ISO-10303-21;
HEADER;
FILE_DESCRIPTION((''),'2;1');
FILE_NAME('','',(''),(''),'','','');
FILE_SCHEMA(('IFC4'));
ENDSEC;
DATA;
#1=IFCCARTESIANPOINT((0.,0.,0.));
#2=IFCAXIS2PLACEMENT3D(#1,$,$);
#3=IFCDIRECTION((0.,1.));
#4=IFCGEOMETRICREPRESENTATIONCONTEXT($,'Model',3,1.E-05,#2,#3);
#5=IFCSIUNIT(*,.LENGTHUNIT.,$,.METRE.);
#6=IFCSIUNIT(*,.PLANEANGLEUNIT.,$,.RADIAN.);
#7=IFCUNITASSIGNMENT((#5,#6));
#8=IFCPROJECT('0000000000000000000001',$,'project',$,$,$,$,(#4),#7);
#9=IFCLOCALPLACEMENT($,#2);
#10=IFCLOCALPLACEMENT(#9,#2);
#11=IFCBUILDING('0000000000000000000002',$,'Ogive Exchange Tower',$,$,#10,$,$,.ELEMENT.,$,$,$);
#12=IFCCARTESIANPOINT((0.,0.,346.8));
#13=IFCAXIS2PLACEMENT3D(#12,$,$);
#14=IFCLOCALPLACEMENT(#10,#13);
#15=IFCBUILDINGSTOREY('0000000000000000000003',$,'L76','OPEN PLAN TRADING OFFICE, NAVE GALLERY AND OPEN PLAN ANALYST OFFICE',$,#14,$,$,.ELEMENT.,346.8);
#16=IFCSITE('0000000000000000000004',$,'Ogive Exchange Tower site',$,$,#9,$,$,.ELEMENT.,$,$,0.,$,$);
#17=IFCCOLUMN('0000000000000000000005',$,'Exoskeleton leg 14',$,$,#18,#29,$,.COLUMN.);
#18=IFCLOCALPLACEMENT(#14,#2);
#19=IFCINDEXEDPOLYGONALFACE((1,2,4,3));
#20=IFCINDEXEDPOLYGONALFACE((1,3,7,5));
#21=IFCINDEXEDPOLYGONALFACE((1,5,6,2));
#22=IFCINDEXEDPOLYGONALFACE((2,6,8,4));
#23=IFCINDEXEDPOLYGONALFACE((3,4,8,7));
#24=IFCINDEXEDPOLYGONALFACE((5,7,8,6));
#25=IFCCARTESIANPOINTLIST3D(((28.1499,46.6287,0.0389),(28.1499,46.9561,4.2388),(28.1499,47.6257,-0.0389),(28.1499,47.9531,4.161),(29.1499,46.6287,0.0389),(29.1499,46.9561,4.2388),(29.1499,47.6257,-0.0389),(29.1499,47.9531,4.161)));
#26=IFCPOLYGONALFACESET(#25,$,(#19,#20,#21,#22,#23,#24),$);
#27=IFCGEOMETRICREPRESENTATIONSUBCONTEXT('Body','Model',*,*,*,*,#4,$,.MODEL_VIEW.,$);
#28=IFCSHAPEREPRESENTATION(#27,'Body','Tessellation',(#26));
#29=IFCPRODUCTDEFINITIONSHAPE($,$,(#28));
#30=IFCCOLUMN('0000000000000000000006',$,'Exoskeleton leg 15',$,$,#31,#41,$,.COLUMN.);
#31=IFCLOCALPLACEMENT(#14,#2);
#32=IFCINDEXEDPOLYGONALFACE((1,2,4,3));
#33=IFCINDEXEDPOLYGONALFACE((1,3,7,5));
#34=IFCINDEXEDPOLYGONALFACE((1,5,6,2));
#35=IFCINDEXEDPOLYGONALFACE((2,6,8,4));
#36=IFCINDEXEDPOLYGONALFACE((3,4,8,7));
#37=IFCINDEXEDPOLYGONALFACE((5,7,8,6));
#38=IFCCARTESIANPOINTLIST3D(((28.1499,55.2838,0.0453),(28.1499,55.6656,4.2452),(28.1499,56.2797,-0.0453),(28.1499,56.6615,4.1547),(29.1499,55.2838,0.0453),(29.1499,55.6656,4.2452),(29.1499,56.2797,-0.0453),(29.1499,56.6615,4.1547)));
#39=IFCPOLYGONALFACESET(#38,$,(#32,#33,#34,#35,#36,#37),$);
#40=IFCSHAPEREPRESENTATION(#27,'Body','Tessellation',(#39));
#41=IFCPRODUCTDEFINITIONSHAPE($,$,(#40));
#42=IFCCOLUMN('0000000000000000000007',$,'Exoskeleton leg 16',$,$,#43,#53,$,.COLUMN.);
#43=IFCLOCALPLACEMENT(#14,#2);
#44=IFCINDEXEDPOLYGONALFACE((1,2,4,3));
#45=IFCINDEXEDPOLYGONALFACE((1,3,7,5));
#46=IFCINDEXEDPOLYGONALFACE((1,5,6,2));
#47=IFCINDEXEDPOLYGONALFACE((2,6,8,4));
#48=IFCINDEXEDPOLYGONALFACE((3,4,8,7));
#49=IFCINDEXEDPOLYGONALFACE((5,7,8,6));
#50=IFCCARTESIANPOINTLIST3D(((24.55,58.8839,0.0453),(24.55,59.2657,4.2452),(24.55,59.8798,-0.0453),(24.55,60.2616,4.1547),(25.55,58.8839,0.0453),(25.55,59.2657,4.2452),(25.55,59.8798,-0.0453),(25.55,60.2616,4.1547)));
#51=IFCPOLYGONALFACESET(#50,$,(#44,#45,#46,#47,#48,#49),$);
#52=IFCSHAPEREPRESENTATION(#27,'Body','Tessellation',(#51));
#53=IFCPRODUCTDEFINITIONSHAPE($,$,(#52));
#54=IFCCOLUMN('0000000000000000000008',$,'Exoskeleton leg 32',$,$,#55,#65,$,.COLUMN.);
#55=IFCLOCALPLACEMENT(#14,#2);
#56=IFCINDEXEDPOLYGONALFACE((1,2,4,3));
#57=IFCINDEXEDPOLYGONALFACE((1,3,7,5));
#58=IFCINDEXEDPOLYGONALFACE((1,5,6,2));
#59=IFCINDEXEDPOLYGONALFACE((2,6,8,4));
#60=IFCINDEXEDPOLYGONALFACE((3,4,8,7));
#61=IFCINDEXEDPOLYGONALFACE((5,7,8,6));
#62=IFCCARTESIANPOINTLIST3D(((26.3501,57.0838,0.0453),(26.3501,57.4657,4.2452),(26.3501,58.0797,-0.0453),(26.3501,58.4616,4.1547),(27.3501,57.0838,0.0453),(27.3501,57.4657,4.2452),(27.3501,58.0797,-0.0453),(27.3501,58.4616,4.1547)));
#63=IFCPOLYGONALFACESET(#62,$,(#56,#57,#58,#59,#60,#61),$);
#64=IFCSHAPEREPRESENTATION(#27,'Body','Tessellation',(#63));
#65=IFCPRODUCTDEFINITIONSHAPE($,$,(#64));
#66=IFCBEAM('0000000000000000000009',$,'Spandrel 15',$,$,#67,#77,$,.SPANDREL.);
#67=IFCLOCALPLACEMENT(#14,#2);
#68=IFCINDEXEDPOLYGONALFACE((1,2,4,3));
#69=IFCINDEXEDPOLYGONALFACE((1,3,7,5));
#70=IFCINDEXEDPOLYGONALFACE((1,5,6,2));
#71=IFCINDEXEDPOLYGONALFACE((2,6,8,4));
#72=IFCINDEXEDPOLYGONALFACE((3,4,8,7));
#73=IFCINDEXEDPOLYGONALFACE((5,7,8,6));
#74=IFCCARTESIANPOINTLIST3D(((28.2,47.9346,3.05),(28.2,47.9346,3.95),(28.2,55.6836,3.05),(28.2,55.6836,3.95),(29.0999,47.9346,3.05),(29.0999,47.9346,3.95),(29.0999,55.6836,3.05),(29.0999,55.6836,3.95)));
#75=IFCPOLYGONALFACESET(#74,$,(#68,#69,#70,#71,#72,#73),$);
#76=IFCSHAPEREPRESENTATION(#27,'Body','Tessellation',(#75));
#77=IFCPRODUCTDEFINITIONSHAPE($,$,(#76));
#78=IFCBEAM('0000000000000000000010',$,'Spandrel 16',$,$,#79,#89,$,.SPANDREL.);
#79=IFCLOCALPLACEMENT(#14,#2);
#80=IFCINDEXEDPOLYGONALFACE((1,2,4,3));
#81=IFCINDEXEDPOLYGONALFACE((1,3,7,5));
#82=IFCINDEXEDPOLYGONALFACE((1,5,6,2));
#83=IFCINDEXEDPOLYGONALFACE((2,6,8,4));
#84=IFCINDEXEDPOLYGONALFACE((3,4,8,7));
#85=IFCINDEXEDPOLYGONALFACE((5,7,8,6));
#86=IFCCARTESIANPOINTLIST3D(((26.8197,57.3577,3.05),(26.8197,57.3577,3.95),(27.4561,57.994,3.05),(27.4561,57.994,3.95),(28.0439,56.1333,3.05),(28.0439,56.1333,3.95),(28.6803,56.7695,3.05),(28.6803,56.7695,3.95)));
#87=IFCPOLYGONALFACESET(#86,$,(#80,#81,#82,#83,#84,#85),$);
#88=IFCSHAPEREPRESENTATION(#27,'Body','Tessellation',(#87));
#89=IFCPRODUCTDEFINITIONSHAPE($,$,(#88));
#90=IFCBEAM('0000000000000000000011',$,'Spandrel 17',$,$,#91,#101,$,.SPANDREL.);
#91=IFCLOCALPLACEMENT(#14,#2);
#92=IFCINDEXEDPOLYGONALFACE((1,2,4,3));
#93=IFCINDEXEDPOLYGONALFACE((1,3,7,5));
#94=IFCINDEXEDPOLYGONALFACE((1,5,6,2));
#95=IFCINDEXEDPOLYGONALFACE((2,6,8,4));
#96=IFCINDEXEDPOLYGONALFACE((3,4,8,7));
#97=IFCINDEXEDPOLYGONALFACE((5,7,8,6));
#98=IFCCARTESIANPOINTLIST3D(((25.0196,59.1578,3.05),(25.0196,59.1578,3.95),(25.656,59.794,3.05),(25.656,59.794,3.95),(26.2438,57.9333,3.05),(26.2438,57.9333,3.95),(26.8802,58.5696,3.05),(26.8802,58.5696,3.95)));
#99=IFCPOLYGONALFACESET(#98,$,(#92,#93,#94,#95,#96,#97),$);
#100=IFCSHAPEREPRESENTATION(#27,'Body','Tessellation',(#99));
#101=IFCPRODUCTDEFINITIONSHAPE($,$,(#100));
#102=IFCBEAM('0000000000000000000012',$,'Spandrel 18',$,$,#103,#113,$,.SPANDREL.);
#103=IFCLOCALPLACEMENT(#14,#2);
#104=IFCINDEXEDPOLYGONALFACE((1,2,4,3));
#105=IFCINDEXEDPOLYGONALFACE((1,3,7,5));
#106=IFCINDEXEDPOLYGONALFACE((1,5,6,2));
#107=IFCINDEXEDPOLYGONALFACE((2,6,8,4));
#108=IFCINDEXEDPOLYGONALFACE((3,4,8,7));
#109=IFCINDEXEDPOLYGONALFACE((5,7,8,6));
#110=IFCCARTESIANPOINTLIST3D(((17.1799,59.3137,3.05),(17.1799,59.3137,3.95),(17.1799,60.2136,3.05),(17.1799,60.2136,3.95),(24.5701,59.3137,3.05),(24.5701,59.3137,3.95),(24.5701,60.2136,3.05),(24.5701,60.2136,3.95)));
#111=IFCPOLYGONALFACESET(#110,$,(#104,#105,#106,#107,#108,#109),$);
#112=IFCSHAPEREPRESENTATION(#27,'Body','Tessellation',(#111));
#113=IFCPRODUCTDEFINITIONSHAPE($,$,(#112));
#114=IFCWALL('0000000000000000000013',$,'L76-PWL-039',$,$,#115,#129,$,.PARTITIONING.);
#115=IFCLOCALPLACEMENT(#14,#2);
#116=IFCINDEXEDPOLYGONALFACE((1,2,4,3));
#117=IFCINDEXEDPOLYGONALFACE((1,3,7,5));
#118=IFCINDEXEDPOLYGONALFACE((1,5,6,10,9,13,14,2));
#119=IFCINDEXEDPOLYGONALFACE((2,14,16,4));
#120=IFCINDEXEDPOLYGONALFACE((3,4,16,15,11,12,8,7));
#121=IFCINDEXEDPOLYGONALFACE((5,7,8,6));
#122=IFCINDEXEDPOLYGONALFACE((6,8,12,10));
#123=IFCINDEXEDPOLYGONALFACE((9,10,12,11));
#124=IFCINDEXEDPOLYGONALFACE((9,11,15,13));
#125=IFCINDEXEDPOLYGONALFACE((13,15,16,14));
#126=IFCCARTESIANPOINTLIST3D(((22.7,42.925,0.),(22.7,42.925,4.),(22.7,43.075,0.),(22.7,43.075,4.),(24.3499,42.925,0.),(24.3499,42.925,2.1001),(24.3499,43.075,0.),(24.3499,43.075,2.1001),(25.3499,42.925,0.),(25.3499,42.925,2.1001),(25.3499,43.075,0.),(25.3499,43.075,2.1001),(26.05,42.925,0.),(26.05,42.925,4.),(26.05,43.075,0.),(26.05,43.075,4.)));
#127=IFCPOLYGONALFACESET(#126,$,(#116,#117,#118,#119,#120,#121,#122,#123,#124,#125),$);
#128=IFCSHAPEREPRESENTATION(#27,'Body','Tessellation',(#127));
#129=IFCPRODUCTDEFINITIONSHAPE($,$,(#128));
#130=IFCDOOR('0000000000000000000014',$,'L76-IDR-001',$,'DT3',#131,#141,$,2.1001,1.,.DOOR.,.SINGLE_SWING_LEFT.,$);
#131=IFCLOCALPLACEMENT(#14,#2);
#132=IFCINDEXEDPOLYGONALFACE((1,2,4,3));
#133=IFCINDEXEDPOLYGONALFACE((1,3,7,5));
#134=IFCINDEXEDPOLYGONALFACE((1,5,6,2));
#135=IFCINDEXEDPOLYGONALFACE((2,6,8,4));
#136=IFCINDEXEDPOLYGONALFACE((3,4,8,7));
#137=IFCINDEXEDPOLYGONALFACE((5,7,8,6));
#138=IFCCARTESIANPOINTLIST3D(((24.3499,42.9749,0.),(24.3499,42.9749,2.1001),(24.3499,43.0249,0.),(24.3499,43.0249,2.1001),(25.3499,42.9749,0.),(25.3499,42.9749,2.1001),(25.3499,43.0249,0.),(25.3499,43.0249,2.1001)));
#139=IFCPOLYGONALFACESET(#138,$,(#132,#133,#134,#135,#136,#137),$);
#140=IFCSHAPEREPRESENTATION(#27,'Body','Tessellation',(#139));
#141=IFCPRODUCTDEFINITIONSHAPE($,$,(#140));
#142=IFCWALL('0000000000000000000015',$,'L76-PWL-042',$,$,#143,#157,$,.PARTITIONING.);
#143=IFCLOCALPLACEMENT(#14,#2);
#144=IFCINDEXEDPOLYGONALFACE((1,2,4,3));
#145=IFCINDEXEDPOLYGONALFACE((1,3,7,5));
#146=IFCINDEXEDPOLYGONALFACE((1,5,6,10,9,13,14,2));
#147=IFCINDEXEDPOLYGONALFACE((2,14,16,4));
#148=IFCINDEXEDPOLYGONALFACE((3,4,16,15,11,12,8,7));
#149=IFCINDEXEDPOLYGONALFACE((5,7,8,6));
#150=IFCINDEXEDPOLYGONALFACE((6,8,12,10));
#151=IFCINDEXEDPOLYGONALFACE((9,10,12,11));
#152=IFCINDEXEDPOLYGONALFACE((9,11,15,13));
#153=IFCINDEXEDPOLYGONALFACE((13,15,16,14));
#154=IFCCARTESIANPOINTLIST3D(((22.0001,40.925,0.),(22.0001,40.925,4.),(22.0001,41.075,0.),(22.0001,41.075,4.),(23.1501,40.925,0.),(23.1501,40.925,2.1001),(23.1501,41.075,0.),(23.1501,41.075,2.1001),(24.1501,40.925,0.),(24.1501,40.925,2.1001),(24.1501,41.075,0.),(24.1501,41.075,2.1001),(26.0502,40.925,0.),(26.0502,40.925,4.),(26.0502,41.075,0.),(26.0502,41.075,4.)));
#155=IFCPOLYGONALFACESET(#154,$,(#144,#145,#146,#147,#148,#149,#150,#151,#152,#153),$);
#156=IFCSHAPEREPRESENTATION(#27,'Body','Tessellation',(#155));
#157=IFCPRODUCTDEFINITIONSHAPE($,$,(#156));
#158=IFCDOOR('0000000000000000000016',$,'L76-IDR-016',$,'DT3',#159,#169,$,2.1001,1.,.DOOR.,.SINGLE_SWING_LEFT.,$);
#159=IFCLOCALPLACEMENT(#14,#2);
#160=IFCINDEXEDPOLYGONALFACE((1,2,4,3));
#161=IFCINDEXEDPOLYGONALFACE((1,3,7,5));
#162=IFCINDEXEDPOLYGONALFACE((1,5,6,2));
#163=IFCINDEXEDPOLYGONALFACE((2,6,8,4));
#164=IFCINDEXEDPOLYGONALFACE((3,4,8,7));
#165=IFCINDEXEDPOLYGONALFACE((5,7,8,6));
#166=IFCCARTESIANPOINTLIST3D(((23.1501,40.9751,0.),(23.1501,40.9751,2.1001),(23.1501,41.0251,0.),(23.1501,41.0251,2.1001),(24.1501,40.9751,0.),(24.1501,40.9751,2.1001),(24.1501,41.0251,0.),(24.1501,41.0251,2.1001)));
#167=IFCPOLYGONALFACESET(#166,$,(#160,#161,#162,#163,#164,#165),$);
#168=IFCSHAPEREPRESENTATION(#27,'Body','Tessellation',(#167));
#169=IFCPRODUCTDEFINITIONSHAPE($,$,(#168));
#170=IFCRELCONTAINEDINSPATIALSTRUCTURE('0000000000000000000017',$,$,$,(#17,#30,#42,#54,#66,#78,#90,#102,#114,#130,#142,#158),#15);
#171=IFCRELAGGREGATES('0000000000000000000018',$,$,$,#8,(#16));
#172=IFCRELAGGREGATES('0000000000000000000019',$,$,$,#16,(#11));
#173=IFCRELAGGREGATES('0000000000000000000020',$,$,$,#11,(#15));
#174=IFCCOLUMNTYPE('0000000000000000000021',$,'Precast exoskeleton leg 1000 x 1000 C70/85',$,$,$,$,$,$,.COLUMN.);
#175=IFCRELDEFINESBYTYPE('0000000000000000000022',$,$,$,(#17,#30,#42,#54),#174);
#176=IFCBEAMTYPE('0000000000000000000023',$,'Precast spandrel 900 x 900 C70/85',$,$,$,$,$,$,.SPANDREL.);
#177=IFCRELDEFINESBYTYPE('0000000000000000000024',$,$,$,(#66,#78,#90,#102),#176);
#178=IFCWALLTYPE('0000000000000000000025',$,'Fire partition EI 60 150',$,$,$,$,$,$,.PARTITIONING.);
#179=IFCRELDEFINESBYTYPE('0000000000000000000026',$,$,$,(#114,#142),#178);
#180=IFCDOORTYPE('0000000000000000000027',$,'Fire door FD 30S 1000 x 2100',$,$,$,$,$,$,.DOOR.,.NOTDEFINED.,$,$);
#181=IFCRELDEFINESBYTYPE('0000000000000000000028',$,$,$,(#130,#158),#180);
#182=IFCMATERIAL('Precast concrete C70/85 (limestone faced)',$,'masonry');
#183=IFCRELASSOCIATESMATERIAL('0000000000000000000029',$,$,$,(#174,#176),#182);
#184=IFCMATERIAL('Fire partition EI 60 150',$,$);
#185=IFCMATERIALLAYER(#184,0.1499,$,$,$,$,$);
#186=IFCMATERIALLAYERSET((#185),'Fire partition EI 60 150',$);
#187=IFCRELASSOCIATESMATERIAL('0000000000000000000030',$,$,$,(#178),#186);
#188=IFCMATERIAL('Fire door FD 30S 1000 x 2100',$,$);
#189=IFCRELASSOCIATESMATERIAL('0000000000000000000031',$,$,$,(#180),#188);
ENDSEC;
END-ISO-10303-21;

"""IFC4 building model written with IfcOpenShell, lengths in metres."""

from ifc_helpers import new_model, si_unit, direction, frame, frame_2d, origin, origin_2d, place, context, subcontext, project, spatial, rectangle, extrude, material, layer, layer_set, material_profile, profile_set, type_object, element, fill, save


model = new_model("IFC4")

# Units and contexts
model_context = context("Model", 3, precision=1e-05, world=origin(), true_north=direction((0.0, 1.0)))
body_context = subcontext(model_context, "Body", "Model", "MODEL_VIEW")
ifc_project = project(units=[si_unit("LENGTHUNIT", "METRE"), si_unit("PLANEANGLEUNIT", "RADIAN")], contexts=[model_context])

# Site, building, storey
site_placement = place(None, origin())
site = spatial("IfcSite", under=ifc_project, at=site_placement, Name="Ogive Exchange Tower site", CompositionType="ELEMENT", RefElevation=0.0)
building_placement = place(site_placement, origin())
building = spatial("IfcBuilding", under=site, at=building_placement, Name="Ogive Exchange Tower", CompositionType="ELEMENT")
storey_placement = place(building_placement, frame((0.0, 0.0, 346.8)))
storey = spatial("IfcBuildingStorey", under=building, at=storey_placement, Name="L76", Description="OPEN PLAN TRADING OFFICE, NAVE GALLERY AND OPEN PLAN ANALYST OFFICE", CompositionType="ELEMENT", Elevation=346.8)

# Columns
ifc_material_1 = material(Name="Precast concrete C70/85 (limestone faced)", Category="masonry")
ifc_material_profile_1 = material_profile(ifc_material_1, rectangle(XDim=1.0, YDim=1.0, at=origin_2d()), Name="1000 x 1000")
ifc_profile_set_1 = profile_set([ifc_material_profile_1], Name="Precast concrete C70/85 (limestone faced)")
column_type = type_object("IfcColumnType", Name="Precast exoskeleton leg 1000 x 1000 C70/85", PredefinedType="COLUMN", material=ifc_profile_set_1)
column_placement = place(storey_placement, frame((28.6499, 47.1272, 0.0), z_axis=(0.0, 0.077716, 0.996976), x_axis=(-1.0, 0.0, 0.0)))
element("IfcColumn", 1, at=column_placement, inside=storey, type_object=column_type, Name="Exoskeleton leg 14", PredefinedType="COLUMN", context=body_context, shape_type="SweptSolid", body=[
    extrude(rectangle(XDim=1.0, YDim=1.0, at=origin_2d()), origin(), (0.0, 0.0, 1.0), 4.2126),
])
for number, where, z_axis, x_axis, name in (
    (2, (28.6499, 55.7817, 0.0), (0.0, 0.090541, 0.995893), (-1.0, 0.0, 0.0), "Exoskeleton leg 15"),
    (3, (25.05, 59.3818, 0.0), (0.0, 0.090541, 0.995893), (-1.0, 0.0, 0.0), "Exoskeleton leg 16"),
    (4, (26.8501, 57.5818, 0.0), (0.0, 0.090541, 0.995893), (-1.0, 0.0, 0.0), "Exoskeleton leg 32"),
):
    element("IfcColumn", number, at=place(storey_placement, frame(where, z_axis=z_axis, x_axis=x_axis)), inside=storey, type_object=column_type, Name=name, PredefinedType="COLUMN", context=body_context, shape_type="SweptSolid", body=[
        extrude(rectangle(XDim=1.0, YDim=1.0, at=origin_2d()), origin(), (0.0, 0.0, 1.0), 4.2173),
    ])

# Beams
ifc_material_profile_2 = material_profile(ifc_material_1, rectangle(XDim=0.8999, YDim=0.8999, at=origin_2d()), Name="900 x 900")
ifc_profile_set_2 = profile_set([ifc_material_profile_2], Name="Precast concrete C70/85 (limestone faced)")
beam_type = type_object("IfcBeamType", Name="Precast spandrel 900 x 900 C70/85", PredefinedType="SPANDREL", material=ifc_profile_set_2)
beam_1_placement = place(storey_placement, frame((28.6499, 47.9346, 3.5), z_axis=(0.0, 1.0, 0.0), x_axis=(-1.0, 0.0, 0.0)))
element("IfcBeam", 5, at=beam_1_placement, inside=storey, type_object=beam_type, Name="Spandrel 15", PredefinedType="SPANDREL", context=body_context, shape_type="SweptSolid", body=[
    extrude(rectangle(XDim=0.8999, YDim=0.8999, at=origin_2d()), origin(), (0.0, 0.0, 1.0), 7.749),
])
for number, where, z_axis, x_axis, name in (
    (6, (28.3621, 56.4514, 3.5), (-0.707036, 0.707177, 0.0), (-0.707177, -0.707036, 0.0), "Spandrel 16"),
    (7, (26.562, 58.2515, 3.5), (-0.707036, 0.707177, 0.0), (-0.707177, -0.707036, 0.0), "Spandrel 17"),
):
    element("IfcBeam", number, at=place(storey_placement, frame(where, z_axis=z_axis, x_axis=x_axis)), inside=storey, type_object=beam_type, Name=name, PredefinedType="SPANDREL", context=body_context, shape_type="SweptSolid", body=[
        extrude(rectangle(XDim=0.8999, YDim=0.8999, at=origin_2d()), origin(), (0.0, 0.0, 1.0), 1.7314),
    ])
beam_2_placement = place(storey_placement, frame((24.5701, 59.7637, 3.5), z_axis=(-1.0, 0.0, 0.0), x_axis=(0.0, -1.0, 0.0)))
element("IfcBeam", 8, at=beam_2_placement, inside=storey, type_object=beam_type, Name="Spandrel 18", PredefinedType="SPANDREL", context=body_context, shape_type="SweptSolid", body=[
    extrude(rectangle(XDim=0.8999, YDim=0.8999, at=origin_2d()), origin(), (0.0, 0.0, 1.0), 7.3901),
])

# Walls, openings, doors
ifc_material_2 = material(Name="Fire partition EI 60 150")
ifc_layer_1 = layer(ifc_material_2, 0.1499)
ifc_layer_set_1 = layer_set([ifc_layer_1], Name="Fire partition EI 60 150")
wall_type_1 = type_object("IfcWallType", Name="Fire partition EI 60 150", PredefinedType="PARTITIONING", material=ifc_layer_set_1)
wall_1_placement = place(storey_placement, frame((22.7, 43.0, 0.0), z_axis=(0.0, 0.0, 1.0), x_axis=(1.0, 0.0, 0.0)))
wall_1 = element("IfcWall", 9, at=wall_1_placement, inside=storey, type_object=wall_type_1, Name="L76-PWL-039", PredefinedType="PARTITIONING", context=body_context, shape_type="SweptSolid", body=[
    extrude(rectangle(XDim=3.3501, YDim=0.1499, at=frame_2d((1.675, 0.0))), origin(), (0.0, 0.0, 1.0), 4.0),
])
opening_1_placement = place(wall_1_placement, frame((1.6499, 0.0, 0.0)))
opening_1 = element("IfcOpeningElement", 10, at=opening_1_placement, cuts=wall_1, PredefinedType="OPENING", context=body_context, shape_type="SweptSolid", body=[
    extrude(rectangle(XDim=1.0, YDim=2.1001, at=frame_2d((0.5, 1.05))), frame((0.0, 0.085, 0.0), z_axis=(0.0, -1.0, 0.0), x_axis=(1.0, 0.0, 0.0)), (0.0, 0.0, 1.0), 0.1699),
])
ifc_material_3 = material(Name="Fire door FD 30S 1000 x 2100")
door_type_1 = type_object("IfcDoorType", Name="Fire door FD 30S 1000 x 2100", OperationType="NOTDEFINED", PredefinedType="DOOR", material=ifc_material_3)
door_1_placement = place(opening_1_placement, origin())
door_1 = element("IfcDoor", 11, at=door_1_placement, inside=storey, type_object=door_type_1, Name="L76-IDR-001", ObjectType="DT3", OperationType="SINGLE_SWING_LEFT", OverallHeight=2.1001, OverallWidth=1.0, PredefinedType="DOOR", context=body_context, shape_type="SweptSolid", body=[
    extrude(rectangle(XDim=1.0, YDim=2.1001, at=frame_2d((0.5, 1.05))), frame((0.0, 0.0249, 0.0), z_axis=(0.0, -1.0, 0.0), x_axis=(1.0, 0.0, 0.0)), (0.0, 0.0, 1.0), 0.05),
])
fill(opening_1, door_1)
wall_2_placement = place(storey_placement, frame((26.05, 41.0, 0.0), z_axis=(0.0, 0.0, 1.0), x_axis=(-1.0, 0.0, 0.0)))
wall_2 = element("IfcWall", 12, at=wall_2_placement, inside=storey, type_object=wall_type_1, Name="L76-PWL-042", PredefinedType="PARTITIONING", context=body_context, shape_type="SweptSolid", body=[
    extrude(rectangle(XDim=4.05, YDim=0.1499, at=frame_2d((2.0249, 0.0))), origin(), (0.0, 0.0, 1.0), 4.0),
])
opening_2_placement = place(wall_2_placement, frame((1.8999, 0.0, 0.0)))
opening_2 = element("IfcOpeningElement", 13, at=opening_2_placement, cuts=wall_2, PredefinedType="OPENING", context=body_context, shape_type="SweptSolid", body=[
    extrude(rectangle(XDim=1.0, YDim=2.1001, at=frame_2d((0.5, 1.05))), frame((0.0, 0.085, 0.0), z_axis=(0.0, -1.0, 0.0), x_axis=(1.0, 0.0, 0.0)), (0.0, 0.0, 1.0), 0.1699),
])
door_2_placement = place(opening_2_placement, origin())
door_2 = element("IfcDoor", 14, at=door_2_placement, inside=storey, type_object=door_type_1, Name="L76-IDR-016", ObjectType="DT3", OperationType="SINGLE_SWING_LEFT", OverallHeight=2.1001, OverallWidth=1.0, PredefinedType="DOOR", context=body_context, shape_type="SweptSolid", body=[
    extrude(rectangle(XDim=1.0, YDim=2.1001, at=frame_2d((0.5, 1.05))), frame((0.0, 0.0249, 0.0), z_axis=(0.0, -1.0, 0.0), x_axis=(1.0, 0.0, 0.0)), (0.0, 0.0, 1.0), 0.05),
])
fill(opening_2, door_2)

save(model, "model.ifc")
